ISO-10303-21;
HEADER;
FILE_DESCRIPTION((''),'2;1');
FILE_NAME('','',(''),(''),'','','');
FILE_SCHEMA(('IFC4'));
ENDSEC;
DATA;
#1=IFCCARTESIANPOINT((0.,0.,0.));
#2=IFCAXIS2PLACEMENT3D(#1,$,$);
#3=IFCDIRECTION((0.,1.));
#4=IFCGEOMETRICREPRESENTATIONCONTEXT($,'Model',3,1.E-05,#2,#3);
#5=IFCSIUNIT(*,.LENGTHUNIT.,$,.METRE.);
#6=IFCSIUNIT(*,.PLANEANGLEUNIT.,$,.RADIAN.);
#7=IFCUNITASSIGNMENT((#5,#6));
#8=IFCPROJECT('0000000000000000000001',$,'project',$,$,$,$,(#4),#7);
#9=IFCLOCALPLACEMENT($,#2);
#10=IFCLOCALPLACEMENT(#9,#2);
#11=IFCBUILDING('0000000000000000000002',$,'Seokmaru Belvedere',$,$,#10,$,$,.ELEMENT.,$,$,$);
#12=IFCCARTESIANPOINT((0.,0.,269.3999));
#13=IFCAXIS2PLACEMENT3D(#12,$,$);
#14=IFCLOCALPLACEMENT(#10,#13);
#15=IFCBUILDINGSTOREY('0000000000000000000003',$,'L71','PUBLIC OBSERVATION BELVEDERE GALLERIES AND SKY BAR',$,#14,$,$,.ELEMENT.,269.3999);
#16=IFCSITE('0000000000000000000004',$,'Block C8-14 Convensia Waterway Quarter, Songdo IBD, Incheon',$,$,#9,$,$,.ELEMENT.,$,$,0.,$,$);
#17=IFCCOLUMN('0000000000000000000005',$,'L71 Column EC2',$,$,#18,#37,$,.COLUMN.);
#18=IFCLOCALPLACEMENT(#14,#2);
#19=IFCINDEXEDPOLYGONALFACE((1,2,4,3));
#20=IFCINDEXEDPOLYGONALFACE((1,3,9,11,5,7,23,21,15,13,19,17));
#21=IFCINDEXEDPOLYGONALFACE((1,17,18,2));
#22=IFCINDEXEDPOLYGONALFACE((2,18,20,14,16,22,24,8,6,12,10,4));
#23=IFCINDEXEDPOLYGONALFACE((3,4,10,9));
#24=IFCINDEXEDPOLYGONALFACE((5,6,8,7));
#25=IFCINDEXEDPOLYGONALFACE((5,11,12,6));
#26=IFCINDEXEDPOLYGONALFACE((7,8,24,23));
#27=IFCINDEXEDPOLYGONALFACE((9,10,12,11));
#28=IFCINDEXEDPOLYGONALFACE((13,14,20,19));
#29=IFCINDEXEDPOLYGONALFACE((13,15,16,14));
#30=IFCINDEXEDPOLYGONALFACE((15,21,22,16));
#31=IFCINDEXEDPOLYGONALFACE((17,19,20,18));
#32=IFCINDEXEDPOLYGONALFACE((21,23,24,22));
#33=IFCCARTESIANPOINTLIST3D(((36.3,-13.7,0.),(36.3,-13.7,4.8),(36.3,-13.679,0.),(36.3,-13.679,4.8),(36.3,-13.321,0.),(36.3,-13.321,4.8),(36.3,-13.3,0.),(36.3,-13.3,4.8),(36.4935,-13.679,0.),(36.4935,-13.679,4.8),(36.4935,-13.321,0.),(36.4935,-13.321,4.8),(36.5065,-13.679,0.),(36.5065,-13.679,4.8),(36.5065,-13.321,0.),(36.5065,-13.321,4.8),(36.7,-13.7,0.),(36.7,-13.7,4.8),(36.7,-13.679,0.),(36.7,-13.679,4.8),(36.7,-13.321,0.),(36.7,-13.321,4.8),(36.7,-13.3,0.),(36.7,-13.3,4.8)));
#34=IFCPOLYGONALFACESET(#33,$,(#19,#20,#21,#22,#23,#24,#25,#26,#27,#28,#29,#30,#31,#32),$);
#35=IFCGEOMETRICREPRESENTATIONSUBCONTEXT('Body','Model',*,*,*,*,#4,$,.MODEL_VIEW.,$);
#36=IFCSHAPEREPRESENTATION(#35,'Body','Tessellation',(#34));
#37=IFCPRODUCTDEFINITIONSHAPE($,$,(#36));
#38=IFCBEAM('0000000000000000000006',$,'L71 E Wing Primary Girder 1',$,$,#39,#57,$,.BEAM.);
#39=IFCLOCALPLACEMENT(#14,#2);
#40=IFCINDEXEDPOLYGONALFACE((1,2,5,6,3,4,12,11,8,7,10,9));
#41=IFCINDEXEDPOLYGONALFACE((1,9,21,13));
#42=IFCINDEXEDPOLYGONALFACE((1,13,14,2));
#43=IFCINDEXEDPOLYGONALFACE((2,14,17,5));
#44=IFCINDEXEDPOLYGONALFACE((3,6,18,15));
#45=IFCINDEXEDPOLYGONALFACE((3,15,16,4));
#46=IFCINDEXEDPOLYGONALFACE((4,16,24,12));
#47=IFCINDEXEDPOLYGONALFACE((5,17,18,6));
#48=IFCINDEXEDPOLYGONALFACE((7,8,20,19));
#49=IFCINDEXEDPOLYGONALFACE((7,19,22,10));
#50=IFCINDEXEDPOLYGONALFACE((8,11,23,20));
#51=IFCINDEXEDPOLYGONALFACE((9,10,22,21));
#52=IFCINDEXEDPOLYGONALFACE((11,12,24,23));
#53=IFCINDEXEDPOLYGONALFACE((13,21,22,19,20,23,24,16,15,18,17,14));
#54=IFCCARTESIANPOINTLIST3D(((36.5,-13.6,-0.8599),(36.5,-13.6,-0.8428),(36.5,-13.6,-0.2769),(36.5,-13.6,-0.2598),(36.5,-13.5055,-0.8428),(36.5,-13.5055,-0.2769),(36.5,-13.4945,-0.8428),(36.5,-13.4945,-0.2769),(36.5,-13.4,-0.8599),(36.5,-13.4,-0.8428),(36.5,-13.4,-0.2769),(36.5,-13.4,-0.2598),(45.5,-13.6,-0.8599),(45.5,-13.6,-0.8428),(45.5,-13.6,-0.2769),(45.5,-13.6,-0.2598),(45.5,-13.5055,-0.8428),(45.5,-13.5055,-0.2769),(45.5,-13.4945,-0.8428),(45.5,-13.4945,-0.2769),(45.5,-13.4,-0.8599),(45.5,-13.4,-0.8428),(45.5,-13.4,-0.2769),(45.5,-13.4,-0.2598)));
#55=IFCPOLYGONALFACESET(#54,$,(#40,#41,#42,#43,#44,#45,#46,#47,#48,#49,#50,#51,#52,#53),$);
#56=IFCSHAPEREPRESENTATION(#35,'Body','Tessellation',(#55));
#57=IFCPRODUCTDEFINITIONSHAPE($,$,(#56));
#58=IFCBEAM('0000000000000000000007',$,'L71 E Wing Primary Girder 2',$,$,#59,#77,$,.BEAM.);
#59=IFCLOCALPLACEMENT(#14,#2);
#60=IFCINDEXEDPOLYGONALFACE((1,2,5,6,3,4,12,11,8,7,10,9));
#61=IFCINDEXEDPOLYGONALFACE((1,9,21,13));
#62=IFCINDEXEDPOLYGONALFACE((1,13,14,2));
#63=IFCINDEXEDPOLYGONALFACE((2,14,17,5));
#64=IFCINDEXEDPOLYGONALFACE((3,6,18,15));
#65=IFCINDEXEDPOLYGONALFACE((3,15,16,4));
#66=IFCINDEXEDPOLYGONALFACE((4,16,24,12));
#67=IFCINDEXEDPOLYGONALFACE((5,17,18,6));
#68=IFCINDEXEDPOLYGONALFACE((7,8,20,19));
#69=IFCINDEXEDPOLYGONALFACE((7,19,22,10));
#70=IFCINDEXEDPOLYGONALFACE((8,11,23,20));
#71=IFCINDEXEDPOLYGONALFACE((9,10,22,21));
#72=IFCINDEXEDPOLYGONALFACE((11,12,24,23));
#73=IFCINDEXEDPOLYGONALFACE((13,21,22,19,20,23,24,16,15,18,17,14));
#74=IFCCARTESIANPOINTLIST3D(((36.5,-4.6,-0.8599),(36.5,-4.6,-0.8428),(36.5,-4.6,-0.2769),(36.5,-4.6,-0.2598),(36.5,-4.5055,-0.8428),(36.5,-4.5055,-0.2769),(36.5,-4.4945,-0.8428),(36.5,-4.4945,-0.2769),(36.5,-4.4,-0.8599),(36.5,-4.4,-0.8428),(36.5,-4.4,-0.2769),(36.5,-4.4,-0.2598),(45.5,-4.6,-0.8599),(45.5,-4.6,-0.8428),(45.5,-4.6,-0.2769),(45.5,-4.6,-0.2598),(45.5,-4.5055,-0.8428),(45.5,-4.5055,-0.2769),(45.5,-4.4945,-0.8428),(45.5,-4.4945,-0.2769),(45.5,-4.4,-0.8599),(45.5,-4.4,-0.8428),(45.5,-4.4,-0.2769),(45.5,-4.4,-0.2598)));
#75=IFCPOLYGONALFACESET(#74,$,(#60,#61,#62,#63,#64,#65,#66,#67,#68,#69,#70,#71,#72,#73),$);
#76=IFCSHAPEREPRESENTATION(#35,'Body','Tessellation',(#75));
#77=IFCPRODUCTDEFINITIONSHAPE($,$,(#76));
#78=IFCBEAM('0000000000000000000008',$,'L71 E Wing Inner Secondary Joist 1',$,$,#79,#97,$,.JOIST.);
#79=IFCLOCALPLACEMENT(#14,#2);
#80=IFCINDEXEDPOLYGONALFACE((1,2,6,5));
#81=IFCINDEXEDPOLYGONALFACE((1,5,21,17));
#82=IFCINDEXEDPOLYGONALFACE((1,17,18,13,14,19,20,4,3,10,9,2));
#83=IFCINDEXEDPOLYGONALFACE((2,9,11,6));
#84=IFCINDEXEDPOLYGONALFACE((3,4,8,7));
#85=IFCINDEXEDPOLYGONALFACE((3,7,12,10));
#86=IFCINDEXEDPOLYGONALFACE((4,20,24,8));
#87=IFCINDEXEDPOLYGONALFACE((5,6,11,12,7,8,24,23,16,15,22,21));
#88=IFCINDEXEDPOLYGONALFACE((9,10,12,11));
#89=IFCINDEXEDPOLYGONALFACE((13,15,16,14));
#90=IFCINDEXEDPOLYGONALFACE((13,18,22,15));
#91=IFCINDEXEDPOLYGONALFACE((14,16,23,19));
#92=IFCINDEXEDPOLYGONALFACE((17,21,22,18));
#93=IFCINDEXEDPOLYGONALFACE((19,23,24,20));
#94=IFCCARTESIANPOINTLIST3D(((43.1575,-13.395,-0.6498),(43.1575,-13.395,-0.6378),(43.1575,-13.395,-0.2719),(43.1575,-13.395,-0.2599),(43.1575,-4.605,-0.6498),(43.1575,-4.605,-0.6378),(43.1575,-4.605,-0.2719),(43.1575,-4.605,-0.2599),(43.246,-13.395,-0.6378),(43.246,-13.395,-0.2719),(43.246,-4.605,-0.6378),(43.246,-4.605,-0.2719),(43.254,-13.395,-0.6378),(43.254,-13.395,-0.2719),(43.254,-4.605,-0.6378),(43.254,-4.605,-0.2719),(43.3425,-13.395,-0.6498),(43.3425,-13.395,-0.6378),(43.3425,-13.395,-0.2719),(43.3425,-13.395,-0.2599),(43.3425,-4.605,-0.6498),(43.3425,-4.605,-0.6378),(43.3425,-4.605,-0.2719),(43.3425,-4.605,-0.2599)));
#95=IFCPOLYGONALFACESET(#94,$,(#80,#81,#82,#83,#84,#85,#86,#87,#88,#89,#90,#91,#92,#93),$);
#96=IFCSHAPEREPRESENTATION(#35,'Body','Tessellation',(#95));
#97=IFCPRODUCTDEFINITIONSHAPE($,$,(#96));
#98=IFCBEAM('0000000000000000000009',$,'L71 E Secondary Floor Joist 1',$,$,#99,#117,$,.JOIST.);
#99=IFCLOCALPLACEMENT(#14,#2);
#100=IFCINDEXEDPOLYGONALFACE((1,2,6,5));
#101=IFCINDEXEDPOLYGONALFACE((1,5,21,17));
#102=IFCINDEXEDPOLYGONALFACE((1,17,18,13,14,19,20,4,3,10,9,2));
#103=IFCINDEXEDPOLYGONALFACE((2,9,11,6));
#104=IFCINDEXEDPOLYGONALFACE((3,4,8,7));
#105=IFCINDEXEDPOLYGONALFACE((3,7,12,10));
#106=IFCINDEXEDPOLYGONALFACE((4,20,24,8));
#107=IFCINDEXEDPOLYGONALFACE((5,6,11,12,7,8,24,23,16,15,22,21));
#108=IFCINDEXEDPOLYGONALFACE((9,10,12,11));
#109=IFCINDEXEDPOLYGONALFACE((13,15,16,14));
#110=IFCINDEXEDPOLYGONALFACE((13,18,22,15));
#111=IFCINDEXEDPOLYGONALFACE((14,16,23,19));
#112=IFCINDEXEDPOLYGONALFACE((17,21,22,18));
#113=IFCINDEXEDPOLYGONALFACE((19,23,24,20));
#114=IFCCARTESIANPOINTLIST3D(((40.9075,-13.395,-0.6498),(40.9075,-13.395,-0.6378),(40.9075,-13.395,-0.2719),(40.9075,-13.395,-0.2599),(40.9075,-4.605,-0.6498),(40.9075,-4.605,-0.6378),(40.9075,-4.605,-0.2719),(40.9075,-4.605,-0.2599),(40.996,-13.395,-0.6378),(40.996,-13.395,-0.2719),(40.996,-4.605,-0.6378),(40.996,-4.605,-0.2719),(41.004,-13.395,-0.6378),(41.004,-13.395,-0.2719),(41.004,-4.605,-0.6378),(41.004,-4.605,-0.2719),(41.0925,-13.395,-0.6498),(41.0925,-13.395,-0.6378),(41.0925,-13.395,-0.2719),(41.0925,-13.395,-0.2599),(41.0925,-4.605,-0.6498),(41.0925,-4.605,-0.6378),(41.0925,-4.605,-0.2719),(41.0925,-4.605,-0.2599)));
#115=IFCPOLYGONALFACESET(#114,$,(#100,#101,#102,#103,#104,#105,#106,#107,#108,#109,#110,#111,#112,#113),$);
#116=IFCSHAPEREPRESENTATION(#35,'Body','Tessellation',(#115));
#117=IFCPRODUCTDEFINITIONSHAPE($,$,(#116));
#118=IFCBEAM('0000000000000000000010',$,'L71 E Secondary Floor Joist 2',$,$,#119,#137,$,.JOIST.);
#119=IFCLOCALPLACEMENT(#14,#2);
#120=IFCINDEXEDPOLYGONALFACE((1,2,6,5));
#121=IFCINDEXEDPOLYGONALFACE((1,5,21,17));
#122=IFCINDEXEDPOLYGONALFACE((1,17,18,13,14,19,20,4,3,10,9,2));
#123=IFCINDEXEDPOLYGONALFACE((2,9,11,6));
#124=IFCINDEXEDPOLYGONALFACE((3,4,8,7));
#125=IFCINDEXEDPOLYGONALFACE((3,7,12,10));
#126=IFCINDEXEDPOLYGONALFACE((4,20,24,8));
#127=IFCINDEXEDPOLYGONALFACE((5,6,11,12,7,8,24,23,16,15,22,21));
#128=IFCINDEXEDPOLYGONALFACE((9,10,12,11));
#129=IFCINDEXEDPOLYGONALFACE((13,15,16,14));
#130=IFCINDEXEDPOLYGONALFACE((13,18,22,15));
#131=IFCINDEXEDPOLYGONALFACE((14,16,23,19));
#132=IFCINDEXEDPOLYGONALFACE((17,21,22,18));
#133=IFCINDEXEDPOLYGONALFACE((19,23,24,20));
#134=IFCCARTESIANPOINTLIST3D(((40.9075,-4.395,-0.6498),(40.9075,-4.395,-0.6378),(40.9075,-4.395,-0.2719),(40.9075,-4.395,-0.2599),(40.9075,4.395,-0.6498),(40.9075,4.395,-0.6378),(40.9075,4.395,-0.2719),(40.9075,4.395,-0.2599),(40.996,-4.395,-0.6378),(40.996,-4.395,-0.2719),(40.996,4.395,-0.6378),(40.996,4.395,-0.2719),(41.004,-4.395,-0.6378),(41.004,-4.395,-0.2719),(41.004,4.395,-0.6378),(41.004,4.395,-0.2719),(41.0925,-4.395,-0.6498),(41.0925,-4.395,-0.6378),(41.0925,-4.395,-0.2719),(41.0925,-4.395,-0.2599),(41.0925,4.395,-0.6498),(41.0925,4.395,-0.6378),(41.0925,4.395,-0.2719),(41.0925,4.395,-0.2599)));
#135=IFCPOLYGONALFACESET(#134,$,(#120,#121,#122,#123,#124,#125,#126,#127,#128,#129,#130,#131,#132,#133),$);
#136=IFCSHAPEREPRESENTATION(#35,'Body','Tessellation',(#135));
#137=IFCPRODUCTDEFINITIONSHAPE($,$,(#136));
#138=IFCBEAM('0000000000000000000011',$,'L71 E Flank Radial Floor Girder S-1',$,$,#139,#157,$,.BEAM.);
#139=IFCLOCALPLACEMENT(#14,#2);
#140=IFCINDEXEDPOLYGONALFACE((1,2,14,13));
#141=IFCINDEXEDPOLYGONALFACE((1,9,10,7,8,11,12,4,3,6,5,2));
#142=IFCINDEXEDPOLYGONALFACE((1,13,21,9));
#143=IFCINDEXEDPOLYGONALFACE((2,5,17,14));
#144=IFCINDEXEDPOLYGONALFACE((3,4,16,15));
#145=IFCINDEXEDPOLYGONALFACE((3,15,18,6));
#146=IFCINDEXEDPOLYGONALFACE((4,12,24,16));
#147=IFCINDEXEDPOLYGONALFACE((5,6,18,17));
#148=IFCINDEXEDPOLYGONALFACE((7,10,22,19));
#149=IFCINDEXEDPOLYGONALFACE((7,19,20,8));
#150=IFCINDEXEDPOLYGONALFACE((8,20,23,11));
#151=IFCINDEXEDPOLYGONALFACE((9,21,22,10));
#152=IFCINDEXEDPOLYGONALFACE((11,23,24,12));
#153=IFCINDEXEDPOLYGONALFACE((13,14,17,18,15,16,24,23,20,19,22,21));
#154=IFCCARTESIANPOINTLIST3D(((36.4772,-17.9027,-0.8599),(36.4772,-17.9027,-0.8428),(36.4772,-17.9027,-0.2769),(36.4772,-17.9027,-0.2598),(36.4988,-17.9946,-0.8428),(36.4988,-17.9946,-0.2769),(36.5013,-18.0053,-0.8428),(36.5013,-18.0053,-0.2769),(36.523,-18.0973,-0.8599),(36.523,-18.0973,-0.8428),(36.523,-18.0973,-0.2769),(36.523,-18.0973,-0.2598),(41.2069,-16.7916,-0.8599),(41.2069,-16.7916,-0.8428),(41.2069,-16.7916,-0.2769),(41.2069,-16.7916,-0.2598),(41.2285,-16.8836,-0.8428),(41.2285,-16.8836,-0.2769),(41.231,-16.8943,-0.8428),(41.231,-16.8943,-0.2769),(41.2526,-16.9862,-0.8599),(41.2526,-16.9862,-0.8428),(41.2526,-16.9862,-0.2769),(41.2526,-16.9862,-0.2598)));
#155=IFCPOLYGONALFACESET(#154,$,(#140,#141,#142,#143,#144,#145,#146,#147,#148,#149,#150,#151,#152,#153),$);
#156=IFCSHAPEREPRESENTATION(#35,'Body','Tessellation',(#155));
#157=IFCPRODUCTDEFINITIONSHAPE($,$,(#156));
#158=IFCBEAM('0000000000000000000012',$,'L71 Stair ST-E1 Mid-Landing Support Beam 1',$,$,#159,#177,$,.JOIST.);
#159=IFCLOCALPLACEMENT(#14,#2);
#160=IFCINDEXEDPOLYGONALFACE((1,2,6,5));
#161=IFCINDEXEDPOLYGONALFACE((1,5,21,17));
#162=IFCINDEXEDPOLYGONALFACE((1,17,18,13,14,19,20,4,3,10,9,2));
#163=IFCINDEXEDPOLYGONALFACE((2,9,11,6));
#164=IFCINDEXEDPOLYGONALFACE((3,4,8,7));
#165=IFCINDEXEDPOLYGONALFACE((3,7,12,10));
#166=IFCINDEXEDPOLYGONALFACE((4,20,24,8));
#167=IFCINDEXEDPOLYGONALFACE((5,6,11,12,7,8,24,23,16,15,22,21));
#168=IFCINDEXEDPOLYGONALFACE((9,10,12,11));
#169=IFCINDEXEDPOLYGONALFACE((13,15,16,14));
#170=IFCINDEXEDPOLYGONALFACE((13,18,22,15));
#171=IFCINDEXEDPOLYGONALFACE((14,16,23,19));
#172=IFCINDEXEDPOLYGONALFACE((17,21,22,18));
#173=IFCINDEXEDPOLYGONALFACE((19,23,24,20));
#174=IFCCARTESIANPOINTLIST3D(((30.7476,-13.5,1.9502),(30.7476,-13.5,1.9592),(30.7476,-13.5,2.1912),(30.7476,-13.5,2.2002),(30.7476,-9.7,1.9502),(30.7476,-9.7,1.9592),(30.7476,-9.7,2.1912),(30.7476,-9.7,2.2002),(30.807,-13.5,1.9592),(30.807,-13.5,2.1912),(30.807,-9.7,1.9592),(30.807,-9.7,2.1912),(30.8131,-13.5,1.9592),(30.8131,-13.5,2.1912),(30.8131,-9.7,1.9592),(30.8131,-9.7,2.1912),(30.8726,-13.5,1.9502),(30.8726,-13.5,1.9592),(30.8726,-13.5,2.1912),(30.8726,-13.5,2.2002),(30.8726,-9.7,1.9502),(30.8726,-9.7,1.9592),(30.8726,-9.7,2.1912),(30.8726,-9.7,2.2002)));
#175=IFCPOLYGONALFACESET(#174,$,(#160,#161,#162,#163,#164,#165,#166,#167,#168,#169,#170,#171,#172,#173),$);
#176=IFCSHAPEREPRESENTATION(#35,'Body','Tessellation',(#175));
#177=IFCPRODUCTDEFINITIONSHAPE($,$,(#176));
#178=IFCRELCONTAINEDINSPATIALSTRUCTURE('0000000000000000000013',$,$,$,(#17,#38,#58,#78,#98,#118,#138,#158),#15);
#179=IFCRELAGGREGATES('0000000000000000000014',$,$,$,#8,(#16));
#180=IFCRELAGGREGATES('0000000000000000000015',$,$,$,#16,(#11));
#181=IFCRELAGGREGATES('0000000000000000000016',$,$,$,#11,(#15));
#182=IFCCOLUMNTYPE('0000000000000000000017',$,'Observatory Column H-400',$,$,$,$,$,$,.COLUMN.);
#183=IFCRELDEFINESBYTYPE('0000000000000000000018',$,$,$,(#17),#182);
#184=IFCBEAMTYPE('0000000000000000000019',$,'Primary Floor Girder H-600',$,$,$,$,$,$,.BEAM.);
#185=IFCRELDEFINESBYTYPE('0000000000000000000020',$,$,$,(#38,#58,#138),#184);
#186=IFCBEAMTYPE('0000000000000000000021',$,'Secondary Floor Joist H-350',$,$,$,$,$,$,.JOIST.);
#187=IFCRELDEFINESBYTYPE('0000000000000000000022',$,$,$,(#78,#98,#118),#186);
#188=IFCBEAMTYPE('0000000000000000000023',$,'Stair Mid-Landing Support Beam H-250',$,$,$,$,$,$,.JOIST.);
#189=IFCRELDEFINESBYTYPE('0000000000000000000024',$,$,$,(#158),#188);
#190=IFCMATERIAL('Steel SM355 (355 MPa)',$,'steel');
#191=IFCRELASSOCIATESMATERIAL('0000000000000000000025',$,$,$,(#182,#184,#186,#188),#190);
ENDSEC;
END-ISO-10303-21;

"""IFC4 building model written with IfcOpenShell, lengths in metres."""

from ifc_helpers import new_model, si_unit, direction, frame, origin, origin_2d, place, context, subcontext, project, spatial, i_section, extrude, source, transform, mapped, material, material_profile, profile_set, type_object, type_shapes, element, save


model = new_model("IFC4")

# Units and contexts
model_context = context("Model", 3, precision=1e-05, world=origin(), true_north=direction((0.0, 1.0)))
body_context = subcontext(model_context, "Body", "Model", "MODEL_VIEW")
ifc_project = project(units=[si_unit("LENGTHUNIT", "METRE"), si_unit("PLANEANGLEUNIT", "RADIAN")], contexts=[model_context])

# Site, building, storey
site_placement = place(None, origin())
site = spatial("IfcSite", under=ifc_project, at=site_placement, Name="Block C8-14 Convensia Waterway Quarter, Songdo IBD, Incheon", CompositionType="ELEMENT", RefElevation=0.0)
building_placement = place(site_placement, origin())
building = spatial("IfcBuilding", under=site, at=building_placement, Name="Seokmaru Belvedere", CompositionType="ELEMENT")
storey_placement = place(building_placement, frame((0.0, 0.0, 269.3999)))
storey = spatial("IfcBuildingStorey", under=building, at=storey_placement, Name="L71", Description="PUBLIC OBSERVATION BELVEDERE GALLERIES AND SKY BAR", CompositionType="ELEMENT", Elevation=269.3999)

# Column
ifc_material_1 = material(Name="Steel SM355 (355 MPa)", Category="steel")
ifc_material_profile_1 = material_profile(ifc_material_1, i_section(OverallWidth=0.3999, OverallDepth=0.3999, WebThickness=0.0129, FlangeThickness=0.021, at=origin_2d()), Name="H-400x400x13x21")
ifc_profile_set_1 = profile_set([ifc_material_profile_1], Name="Steel SM355 (355 MPa)")
column_type = type_object("IfcColumnType", Name="Observatory Column H-400", PredefinedType="COLUMN", material=ifc_profile_set_1)
shared_shape_1 = source(origin(), body_context, "Body", "SweptSolid", [
    extrude(i_section(OverallWidth=0.3999, OverallDepth=0.3999, WebThickness=0.0129, FlangeThickness=0.021, at=origin_2d()), origin(), (0.0, 0.0, 1.0), 4.8),
])
type_shapes(column_type, [shared_shape_1])
column_placement = place(storey_placement, frame((36.5, -13.5, 0.0), z_axis=(0.0, 0.0, 1.0), x_axis=(1.0, 0.0, 0.0)))
element("IfcColumn", 1, at=column_placement, inside=storey, type_object=column_type, Name="L71 Column EC2", PredefinedType="COLUMN", context=body_context, shape_type="MappedRepresentation", body=[
    mapped(shared_shape_1, transform((0.0, 0.0, 0.0), scale=1.0)),
])

# Beams
ifc_material_profile_2 = material_profile(ifc_material_1, i_section(OverallWidth=0.2, OverallDepth=0.6001, WebThickness=0.011, FlangeThickness=0.0171, at=origin_2d()), Name="H-600x200x11x17")
ifc_profile_set_2 = profile_set([ifc_material_profile_2], Name="Steel SM355 (355 MPa)")
beam_type_1 = type_object("IfcBeamType", Name="Primary Floor Girder H-600", PredefinedType="BEAM", material=ifc_profile_set_2)
shared_shape_2 = source(origin(), body_context, "Body", "SweptSolid", [
    extrude(i_section(OverallWidth=0.2, OverallDepth=0.6001, WebThickness=0.011, FlangeThickness=0.0171, at=origin_2d()), origin(), (0.0, 0.0, 1.0), 9.0),
])
for number, where, z_axis, x_axis, name in (
    (2, (36.5, -13.5, -0.5598), (1.0, 0.0, 0.0), (0.0, 1.0, 0.0), "L71 E Wing Primary Girder 1"),
    (3, (36.5, -4.5, -0.5598), (1.0, 0.0, 0.0), (0.0, 1.0, 0.0), "L71 E Wing Primary Girder 2"),
):
    element("IfcBeam", number, at=place(storey_placement, frame(where, z_axis=z_axis, x_axis=x_axis)), inside=storey, type_object=beam_type_1, Name=name, PredefinedType="BEAM", context=body_context, shape_type="MappedRepresentation", body=[
        mapped(shared_shape_2, transform((0.0, 0.0, 0.0), scale=1.0)),
    ])
ifc_material_profile_3 = material_profile(ifc_material_1, i_section(OverallWidth=0.1851, OverallDepth=0.3899, WebThickness=0.0081, FlangeThickness=0.012, at=origin_2d()), Name="H-390x185x8x12")
ifc_profile_set_3 = profile_set([ifc_material_profile_3], Name="Steel SM355 (355 MPa)")
beam_type_2 = type_object("IfcBeamType", Name="Secondary Floor Joist H-350", PredefinedType="JOIST", material=ifc_profile_set_3)
shared_shape_3 = source(origin(), body_context, "Body", "SweptSolid", [
    extrude(i_section(OverallWidth=0.1851, OverallDepth=0.3899, WebThickness=0.0081, FlangeThickness=0.012, at=origin_2d()), origin(), (0.0, 0.0, 1.0), 8.79),
])
type_shapes(beam_type_2, [shared_shape_3])
for number, where, z_axis, x_axis, name in (
    (4, (43.25, -13.395, -0.4548), (0.0, 1.0, 0.0), (-1.0, 0.0, 0.0), "L71 E Wing Inner Secondary Joist 1"),
    (5, (41.0, -13.395, -0.4548), (0.0, 1.0, 0.0), (-1.0, 0.0, 0.0), "L71 E Secondary Floor Joist 1"),
    (6, (41.0, -4.395, -0.4548), (0.0, 1.0, 0.0), (-1.0, 0.0, 0.0), "L71 E Secondary Floor Joist 2"),
):
    element("IfcBeam", number, at=place(storey_placement, frame(where, z_axis=z_axis, x_axis=x_axis)), inside=storey, type_object=beam_type_2, Name=name, PredefinedType="JOIST", context=body_context, shape_type="MappedRepresentation", body=[
        mapped(shared_shape_3, transform((0.0, 0.0, 0.0), scale=1.0)),
    ])
shared_shape_4 = source(origin(), body_context, "Body", "SweptSolid", [
    extrude(i_section(OverallWidth=0.2, OverallDepth=0.6001, WebThickness=0.011, FlangeThickness=0.0171, at=origin_2d()), origin(), (0.0, 0.0, 1.0), 4.8584),
])
type_shapes(beam_type_1, [shared_shape_2, shared_shape_4])
beam_1_placement = place(storey_placement, frame((41.2297, -16.8889, -0.5598), z_axis=(-0.973499, -0.228689, 0.0), x_axis=(0.228689, -0.973499, 0.0)))
element("IfcBeam", 7, at=beam_1_placement, inside=storey, type_object=beam_type_1, Name="L71 E Flank Radial Floor Girder S-1", PredefinedType="BEAM", context=body_context, shape_type="MappedRepresentation", body=[
    mapped(shared_shape_4, transform((0.0, 0.0, 0.0), scale=1.0)),
])
ifc_material_profile_4 = material_profile(ifc_material_1, i_section(OverallWidth=0.125, OverallDepth=0.25, WebThickness=0.0061, FlangeThickness=0.009, at=origin_2d()), Name="H-250x125x6x9")
ifc_profile_set_4 = profile_set([ifc_material_profile_4], Name="Steel SM355 (355 MPa)")
beam_type_3 = type_object("IfcBeamType", Name="Stair Mid-Landing Support Beam H-250", PredefinedType="JOIST", material=ifc_profile_set_4)
shared_shape_5 = source(origin(), body_context, "Body", "SweptSolid", [
    extrude(i_section(OverallWidth=0.125, OverallDepth=0.25, WebThickness=0.0061, FlangeThickness=0.009, at=origin_2d()), origin(), (0.0, 0.0, 1.0), 3.8),
])
type_shapes(beam_type_3, [shared_shape_5])
beam_2_placement = place(storey_placement, frame((30.8101, -13.5, 2.0752), z_axis=(0.0, 1.0, 0.0), x_axis=(-1.0, 0.0, 0.0)))
element("IfcBeam", 8, at=beam_2_placement, inside=storey, type_object=beam_type_3, Name="L71 Stair ST-E1 Mid-Landing Support Beam 1", PredefinedType="JOIST", context=body_context, shape_type="MappedRepresentation", body=[
    mapped(shared_shape_5, transform((0.0, 0.0, 0.0), scale=1.0)),
])

save(model, "model.ifc")
